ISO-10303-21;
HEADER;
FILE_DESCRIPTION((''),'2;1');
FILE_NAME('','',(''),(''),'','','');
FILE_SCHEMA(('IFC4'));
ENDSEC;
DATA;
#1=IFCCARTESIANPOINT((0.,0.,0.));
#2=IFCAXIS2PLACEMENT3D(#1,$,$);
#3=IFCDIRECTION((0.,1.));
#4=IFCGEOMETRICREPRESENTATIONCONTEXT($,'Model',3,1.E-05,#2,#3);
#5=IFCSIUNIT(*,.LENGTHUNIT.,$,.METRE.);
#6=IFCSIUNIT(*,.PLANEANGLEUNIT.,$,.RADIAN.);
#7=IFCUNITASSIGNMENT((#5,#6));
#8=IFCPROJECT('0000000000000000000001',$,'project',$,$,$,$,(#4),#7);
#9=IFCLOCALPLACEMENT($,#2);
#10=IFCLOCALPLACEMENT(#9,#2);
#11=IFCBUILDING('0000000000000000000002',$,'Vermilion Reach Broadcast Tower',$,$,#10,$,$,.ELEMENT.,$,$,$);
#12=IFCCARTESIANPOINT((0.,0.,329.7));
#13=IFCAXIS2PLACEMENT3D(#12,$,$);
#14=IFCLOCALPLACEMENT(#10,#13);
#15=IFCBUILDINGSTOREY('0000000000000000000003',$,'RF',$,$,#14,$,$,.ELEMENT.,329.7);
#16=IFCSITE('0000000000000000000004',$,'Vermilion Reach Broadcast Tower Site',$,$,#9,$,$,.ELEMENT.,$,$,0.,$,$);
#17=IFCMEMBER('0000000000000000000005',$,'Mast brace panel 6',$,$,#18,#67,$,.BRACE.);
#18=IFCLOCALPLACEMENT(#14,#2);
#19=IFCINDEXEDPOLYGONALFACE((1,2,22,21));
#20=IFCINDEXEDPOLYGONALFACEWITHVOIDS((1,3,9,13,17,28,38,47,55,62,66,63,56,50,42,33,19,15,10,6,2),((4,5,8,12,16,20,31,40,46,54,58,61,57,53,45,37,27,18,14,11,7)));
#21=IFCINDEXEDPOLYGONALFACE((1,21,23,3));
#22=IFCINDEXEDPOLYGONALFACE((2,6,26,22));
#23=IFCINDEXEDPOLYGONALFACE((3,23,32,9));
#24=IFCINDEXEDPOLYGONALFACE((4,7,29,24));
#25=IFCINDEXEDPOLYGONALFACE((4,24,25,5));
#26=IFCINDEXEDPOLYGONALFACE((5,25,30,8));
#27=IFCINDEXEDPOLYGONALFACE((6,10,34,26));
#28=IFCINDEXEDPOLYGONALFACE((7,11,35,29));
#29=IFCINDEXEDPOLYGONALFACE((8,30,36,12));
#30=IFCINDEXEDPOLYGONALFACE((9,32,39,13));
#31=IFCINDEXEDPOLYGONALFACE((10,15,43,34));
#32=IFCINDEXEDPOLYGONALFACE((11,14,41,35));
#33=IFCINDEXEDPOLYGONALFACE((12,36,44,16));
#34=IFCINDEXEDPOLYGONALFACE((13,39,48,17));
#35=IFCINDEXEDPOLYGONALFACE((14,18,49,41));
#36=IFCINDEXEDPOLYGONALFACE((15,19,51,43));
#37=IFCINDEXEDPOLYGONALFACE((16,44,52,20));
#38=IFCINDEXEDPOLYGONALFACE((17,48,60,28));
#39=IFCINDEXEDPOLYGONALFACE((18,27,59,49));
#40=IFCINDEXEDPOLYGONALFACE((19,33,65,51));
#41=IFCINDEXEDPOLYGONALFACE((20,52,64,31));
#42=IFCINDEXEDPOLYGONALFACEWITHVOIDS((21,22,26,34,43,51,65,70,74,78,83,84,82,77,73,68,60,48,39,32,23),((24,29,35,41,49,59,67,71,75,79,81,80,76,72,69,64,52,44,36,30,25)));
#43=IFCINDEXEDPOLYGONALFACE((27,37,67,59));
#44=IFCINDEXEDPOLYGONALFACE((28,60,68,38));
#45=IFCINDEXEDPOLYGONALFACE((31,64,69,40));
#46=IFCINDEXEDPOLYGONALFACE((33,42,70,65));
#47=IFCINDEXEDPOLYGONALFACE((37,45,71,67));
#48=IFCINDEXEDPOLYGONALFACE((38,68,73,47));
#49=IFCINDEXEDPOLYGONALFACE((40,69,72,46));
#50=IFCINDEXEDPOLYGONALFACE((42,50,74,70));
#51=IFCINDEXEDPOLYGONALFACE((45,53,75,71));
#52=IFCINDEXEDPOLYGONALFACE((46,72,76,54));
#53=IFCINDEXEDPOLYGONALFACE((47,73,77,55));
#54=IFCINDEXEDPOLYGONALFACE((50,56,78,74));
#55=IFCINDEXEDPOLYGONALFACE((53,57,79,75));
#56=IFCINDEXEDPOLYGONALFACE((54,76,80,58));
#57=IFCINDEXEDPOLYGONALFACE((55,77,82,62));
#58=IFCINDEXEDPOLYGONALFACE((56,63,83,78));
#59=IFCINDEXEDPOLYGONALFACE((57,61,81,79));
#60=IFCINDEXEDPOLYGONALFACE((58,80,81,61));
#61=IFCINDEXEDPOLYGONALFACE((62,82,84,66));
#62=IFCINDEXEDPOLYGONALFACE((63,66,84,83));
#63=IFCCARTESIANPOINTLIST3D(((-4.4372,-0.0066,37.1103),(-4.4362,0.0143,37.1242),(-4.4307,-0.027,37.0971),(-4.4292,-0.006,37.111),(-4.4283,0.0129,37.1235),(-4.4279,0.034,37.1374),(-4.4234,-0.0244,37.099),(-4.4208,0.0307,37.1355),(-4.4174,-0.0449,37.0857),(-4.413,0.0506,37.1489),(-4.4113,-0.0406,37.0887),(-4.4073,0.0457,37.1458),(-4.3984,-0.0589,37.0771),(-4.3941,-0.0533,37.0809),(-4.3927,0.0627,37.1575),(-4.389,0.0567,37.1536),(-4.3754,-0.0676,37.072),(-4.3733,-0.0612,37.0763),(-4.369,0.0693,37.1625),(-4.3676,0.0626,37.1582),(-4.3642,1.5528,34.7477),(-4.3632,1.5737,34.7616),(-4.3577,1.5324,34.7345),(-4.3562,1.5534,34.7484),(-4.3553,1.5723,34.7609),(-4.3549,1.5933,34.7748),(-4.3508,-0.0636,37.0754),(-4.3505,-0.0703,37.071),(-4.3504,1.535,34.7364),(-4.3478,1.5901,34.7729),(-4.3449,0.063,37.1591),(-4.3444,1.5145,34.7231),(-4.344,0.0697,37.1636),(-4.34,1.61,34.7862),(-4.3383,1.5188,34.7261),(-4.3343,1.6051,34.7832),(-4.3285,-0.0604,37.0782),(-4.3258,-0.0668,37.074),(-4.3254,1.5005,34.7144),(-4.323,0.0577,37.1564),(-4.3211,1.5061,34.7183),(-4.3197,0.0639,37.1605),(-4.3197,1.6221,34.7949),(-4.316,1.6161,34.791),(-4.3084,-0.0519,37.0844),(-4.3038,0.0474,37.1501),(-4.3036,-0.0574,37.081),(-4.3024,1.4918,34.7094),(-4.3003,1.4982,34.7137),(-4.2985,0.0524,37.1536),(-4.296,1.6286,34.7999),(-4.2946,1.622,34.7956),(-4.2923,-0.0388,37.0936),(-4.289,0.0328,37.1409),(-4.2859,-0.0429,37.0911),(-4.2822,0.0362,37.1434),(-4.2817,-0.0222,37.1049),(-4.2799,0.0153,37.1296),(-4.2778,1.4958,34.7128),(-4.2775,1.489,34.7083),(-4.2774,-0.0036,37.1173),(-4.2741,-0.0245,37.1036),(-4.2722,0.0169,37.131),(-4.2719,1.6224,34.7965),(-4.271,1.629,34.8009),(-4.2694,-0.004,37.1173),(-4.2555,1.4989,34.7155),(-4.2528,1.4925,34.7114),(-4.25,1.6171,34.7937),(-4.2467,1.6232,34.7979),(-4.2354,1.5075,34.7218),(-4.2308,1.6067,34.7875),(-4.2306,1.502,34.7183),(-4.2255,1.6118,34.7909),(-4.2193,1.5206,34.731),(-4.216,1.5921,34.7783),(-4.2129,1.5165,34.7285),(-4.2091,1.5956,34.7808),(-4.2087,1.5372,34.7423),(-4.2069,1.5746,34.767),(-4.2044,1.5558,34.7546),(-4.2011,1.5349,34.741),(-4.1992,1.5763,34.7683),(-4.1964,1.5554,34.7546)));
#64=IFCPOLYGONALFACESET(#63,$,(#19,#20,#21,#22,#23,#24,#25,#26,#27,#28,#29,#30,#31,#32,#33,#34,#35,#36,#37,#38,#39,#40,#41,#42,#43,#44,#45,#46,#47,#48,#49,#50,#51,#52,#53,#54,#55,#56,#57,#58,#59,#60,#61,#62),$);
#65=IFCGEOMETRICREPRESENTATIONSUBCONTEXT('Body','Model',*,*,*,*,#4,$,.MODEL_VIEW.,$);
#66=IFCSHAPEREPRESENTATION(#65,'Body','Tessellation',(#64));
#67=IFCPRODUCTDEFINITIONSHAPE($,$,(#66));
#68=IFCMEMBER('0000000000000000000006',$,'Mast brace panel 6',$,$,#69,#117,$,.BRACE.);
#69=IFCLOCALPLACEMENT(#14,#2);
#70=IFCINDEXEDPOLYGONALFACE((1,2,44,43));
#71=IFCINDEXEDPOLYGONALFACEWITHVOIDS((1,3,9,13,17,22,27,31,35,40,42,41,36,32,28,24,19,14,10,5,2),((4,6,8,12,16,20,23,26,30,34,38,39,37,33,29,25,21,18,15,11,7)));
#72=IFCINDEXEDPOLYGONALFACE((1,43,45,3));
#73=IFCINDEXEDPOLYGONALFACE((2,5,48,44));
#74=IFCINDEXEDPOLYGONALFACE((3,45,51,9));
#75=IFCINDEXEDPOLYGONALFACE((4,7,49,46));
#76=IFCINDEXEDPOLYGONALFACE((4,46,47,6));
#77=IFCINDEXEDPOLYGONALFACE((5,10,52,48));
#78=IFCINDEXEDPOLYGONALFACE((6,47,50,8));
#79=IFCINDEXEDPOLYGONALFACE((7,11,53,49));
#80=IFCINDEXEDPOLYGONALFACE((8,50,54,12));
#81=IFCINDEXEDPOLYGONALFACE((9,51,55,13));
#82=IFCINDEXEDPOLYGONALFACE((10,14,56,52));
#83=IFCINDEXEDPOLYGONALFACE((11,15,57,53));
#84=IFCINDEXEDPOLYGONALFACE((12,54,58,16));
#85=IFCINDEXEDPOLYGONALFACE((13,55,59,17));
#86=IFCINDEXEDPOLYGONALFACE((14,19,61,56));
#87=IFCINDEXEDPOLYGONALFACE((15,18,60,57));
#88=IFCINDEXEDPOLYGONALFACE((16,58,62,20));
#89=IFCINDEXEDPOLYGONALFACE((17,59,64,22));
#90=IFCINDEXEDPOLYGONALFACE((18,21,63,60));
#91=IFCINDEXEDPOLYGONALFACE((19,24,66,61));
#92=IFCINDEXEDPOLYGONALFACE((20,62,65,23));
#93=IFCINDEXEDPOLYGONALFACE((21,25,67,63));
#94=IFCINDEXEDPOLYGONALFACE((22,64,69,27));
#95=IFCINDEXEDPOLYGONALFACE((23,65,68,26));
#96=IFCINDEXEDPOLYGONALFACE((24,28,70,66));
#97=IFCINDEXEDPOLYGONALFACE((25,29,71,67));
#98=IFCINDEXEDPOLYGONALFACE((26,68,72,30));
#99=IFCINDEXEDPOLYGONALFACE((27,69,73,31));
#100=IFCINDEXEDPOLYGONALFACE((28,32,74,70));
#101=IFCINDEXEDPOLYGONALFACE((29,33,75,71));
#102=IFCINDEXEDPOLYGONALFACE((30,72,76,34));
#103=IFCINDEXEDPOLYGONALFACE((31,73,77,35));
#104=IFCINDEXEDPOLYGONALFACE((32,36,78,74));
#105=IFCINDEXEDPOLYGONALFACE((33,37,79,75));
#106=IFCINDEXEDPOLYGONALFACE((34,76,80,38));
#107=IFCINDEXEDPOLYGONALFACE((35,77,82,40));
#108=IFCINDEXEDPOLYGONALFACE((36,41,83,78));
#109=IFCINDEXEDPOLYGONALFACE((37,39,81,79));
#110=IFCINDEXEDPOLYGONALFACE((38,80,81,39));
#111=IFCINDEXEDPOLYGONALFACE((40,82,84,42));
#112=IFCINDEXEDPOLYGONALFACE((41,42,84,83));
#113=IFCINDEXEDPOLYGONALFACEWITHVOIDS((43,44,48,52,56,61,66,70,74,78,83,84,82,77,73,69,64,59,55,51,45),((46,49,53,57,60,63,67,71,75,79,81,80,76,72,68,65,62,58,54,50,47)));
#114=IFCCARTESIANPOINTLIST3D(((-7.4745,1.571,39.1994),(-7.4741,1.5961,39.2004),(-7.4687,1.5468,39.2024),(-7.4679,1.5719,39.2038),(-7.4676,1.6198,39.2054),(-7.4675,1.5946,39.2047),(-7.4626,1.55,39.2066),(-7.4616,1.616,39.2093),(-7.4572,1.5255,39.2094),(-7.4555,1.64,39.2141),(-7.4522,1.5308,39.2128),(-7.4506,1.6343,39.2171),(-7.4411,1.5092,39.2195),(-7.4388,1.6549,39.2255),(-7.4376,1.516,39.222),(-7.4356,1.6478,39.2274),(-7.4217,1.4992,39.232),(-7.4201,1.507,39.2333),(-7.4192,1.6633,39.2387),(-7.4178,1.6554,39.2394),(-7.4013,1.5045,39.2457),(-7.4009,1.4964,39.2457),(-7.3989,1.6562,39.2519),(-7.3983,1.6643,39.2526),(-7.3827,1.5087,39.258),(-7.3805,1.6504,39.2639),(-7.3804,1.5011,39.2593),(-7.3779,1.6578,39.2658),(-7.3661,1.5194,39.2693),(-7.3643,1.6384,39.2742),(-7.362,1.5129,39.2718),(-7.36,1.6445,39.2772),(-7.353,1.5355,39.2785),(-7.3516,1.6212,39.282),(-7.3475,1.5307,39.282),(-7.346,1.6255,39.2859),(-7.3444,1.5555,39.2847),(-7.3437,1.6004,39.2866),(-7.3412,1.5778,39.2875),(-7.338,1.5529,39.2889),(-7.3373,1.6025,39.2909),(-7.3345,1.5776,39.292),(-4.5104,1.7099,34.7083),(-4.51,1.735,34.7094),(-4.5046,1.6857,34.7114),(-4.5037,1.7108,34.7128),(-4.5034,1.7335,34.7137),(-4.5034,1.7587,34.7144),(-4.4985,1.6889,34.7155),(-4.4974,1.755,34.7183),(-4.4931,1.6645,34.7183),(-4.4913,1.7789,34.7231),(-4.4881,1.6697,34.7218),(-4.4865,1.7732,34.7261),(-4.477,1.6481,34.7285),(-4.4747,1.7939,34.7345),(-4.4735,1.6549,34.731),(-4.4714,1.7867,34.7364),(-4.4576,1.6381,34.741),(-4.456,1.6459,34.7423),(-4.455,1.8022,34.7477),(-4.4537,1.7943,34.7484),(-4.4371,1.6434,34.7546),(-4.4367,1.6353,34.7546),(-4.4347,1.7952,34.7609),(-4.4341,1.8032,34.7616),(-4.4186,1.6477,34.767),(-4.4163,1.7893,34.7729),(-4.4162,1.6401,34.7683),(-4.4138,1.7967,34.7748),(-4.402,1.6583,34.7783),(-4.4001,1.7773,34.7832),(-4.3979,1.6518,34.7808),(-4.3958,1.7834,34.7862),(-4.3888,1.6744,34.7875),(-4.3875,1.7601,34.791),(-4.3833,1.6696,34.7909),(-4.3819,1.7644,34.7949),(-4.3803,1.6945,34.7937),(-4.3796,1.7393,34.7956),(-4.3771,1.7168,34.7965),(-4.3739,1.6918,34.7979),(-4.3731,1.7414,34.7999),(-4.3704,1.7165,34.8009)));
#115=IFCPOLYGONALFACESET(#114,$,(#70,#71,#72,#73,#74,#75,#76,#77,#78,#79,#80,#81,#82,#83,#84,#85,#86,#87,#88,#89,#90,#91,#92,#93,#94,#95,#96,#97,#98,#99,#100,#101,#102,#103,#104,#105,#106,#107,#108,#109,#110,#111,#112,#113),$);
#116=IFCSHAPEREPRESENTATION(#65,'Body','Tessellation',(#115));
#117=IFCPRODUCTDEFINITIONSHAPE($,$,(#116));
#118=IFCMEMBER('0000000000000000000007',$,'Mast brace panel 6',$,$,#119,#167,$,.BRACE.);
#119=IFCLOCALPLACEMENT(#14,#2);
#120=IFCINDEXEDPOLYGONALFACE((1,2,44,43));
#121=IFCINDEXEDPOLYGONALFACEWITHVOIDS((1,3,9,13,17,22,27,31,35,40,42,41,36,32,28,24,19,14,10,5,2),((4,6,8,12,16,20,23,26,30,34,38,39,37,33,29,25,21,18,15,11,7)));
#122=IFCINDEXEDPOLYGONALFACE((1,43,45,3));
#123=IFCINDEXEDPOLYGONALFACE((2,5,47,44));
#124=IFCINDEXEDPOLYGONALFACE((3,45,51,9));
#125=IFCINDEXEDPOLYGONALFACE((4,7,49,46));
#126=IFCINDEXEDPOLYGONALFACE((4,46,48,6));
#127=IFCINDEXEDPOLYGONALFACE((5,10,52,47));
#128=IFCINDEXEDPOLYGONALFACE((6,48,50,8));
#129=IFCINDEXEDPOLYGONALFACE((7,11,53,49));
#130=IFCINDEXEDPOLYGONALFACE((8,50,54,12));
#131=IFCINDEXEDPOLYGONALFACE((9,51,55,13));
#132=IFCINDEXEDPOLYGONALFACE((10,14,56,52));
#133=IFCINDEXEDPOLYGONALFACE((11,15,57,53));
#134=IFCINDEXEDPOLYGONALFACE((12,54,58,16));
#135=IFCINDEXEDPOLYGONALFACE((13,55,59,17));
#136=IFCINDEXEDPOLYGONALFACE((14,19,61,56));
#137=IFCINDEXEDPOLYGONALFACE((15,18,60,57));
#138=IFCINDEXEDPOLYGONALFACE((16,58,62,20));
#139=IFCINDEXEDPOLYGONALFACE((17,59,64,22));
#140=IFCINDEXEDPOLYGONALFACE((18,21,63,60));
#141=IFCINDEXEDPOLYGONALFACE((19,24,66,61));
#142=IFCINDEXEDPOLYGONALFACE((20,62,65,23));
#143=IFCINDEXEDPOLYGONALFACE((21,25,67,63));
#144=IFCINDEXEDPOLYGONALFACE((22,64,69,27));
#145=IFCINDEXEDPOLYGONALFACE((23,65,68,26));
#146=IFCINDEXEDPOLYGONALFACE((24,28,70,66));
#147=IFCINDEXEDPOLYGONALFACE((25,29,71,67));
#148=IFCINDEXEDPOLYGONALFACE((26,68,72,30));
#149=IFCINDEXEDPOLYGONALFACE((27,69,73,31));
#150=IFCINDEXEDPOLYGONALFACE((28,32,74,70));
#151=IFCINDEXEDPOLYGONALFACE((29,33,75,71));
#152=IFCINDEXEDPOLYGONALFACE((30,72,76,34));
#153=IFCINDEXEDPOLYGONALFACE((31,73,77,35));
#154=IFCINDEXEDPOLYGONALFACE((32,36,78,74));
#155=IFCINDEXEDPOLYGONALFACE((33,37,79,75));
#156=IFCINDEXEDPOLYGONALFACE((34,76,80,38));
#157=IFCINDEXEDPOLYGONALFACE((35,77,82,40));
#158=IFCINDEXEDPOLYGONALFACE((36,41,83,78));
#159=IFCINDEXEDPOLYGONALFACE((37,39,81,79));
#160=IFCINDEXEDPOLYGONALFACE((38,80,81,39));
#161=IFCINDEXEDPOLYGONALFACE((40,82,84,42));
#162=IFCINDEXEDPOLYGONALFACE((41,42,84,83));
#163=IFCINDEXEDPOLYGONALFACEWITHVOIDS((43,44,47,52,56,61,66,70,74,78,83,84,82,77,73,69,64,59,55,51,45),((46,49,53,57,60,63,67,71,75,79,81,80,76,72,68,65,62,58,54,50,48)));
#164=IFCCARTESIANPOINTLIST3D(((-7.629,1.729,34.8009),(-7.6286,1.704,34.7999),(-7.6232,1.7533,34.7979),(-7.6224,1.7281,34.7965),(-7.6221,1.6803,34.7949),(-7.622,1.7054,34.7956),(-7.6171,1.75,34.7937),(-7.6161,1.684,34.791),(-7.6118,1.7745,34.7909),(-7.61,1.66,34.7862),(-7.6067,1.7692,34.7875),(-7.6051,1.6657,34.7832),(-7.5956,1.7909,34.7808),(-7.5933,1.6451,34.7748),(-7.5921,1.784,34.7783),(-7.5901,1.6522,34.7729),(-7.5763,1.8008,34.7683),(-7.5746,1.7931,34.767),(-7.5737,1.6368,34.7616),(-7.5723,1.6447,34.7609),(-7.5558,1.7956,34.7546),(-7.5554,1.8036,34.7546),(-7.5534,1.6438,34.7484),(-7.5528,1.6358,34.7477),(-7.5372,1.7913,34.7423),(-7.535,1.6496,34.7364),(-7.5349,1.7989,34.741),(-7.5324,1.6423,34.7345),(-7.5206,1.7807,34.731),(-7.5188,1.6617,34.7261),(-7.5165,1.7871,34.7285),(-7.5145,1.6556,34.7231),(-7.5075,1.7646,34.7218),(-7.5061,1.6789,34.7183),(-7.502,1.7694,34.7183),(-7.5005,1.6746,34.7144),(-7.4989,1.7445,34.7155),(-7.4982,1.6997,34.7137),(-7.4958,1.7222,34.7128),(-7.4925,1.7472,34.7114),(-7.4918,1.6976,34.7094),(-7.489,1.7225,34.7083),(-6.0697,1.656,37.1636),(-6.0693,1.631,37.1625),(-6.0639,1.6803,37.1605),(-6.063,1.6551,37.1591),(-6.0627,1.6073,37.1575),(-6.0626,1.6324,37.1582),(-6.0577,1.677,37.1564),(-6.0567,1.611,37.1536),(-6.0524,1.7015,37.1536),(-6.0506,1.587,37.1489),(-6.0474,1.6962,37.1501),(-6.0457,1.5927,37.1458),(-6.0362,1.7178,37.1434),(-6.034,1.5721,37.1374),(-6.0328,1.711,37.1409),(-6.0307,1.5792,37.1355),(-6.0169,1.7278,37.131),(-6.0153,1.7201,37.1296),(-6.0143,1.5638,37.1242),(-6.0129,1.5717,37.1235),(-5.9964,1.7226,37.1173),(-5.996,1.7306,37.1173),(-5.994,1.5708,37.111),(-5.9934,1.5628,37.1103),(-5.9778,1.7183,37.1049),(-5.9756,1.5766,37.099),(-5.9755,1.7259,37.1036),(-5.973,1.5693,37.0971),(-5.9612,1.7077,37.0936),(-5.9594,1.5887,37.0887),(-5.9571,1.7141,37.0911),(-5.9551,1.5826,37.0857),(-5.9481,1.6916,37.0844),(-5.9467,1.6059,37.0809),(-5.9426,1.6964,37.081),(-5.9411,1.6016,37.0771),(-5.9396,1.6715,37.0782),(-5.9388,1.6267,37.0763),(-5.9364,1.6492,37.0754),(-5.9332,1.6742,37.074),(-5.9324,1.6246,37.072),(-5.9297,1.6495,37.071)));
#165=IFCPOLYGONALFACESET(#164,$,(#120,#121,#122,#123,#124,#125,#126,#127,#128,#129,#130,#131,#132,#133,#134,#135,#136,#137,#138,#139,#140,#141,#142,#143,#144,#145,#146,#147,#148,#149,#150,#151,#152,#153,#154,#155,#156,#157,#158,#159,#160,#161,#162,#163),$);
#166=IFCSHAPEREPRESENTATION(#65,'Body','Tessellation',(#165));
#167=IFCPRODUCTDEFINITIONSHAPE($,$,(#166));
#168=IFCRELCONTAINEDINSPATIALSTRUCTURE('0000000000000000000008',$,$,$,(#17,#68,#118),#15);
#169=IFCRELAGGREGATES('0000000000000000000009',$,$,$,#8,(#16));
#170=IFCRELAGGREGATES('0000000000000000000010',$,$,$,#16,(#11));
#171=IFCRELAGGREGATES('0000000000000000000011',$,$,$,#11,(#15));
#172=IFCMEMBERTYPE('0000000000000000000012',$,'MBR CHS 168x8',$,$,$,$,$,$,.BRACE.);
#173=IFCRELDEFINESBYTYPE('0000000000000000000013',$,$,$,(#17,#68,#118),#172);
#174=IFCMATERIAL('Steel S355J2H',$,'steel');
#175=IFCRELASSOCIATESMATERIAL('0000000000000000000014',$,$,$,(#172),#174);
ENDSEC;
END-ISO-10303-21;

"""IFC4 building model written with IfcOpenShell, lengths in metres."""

from ifc_helpers import new_model, si_unit, direction, frame, origin, origin_2d, place, context, subcontext, project, spatial, hollow_circle, extrude, material, material_profile, profile_set, type_object, element, save


model = new_model("IFC4")

# Units and contexts
model_context = context("Model", 3, precision=1e-05, world=origin(), true_north=direction((0.0, 1.0)))
body_context = subcontext(model_context, "Body", "Model", "MODEL_VIEW")
ifc_project = project(units=[si_unit("LENGTHUNIT", "METRE"), si_unit("PLANEANGLEUNIT", "RADIAN")], contexts=[model_context])

# Site, building, storey
site_placement = place(None, origin())
site = spatial("IfcSite", under=ifc_project, at=site_placement, Name="Vermilion Reach Broadcast Tower Site", CompositionType="ELEMENT", RefElevation=0.0)
building_placement = place(site_placement, origin())
building = spatial("IfcBuilding", under=site, at=building_placement, Name="Vermilion Reach Broadcast Tower", CompositionType="ELEMENT")
storey_placement = place(building_placement, frame((0.0, 0.0, 329.7)))
storey = spatial("IfcBuildingStorey", under=building, at=storey_placement, Name="RF", CompositionType="ELEMENT", Elevation=329.7)

# Members
ifc_material_1 = material(Name="Steel S355J2H", Category="steel")
ifc_material_profile_1 = material_profile(ifc_material_1, hollow_circle(Radius=0.0842, WallThickness=0.0081, at=origin_2d()), Name="S355J2H CHS 168x8")
ifc_profile_set_1 = profile_set([ifc_material_profile_1], Name="Steel S355J2H")
member_type_1 = type_object("IfcMemberType", Name="MBR CHS 168x8", PredefinedType="BRACE", material=ifc_profile_set_1)
member_1_placement = place(storey_placement, frame((-4.2805, 1.5593, 34.7546), z_axis=(-0.025779, -0.55067, 0.834325), x_axis=(0.998906, -0.046763, 0.0)))
element("IfcMember", 1, at=member_1_placement, inside=storey, type_object=member_type_1, Name="Mast brace panel 6", PredefinedType="BRACE", context=body_context, shape_type="SweptSolid", body=[
    extrude(hollow_circle(Radius=0.0842, WallThickness=0.0081, at=origin_2d()), origin(), (0.0, 0.0, 1.0), 2.8318),
])
member_2_placement = place(storey_placement, frame((-4.4407, 1.7195, 34.7546), z_axis=(-0.550668, -0.025808, 0.834325), x_axis=(0.046815, -0.998904, 0.0)))
element("IfcMember", 2, at=member_2_placement, inside=storey, type_object=member_type_1, Name="Mast brace panel 6", PredefinedType="BRACE", context=body_context, shape_type="SweptSolid", body=[
    extrude(hollow_circle(Radius=0.0842, WallThickness=0.0081, at=origin_2d()), origin(), (0.0, 0.0, 1.0), 5.3828),
])
member_3_placement = place(storey_placement, frame((-7.5593, 1.7195, 34.7546), z_axis=(0.55067, -0.025779, 0.834325), x_axis=(0.046763, 0.998906, 0.0)))
element("IfcMember", 3, at=member_3_placement, inside=storey, type_object=member_type_1, Name="Mast brace panel 6", PredefinedType="BRACE", context=body_context, shape_type="SweptSolid", body=[
    extrude(hollow_circle(Radius=0.0842, WallThickness=0.0081, at=origin_2d()), origin(), (0.0, 0.0, 1.0), 2.8318),
])

save(model, "model.ifc")
